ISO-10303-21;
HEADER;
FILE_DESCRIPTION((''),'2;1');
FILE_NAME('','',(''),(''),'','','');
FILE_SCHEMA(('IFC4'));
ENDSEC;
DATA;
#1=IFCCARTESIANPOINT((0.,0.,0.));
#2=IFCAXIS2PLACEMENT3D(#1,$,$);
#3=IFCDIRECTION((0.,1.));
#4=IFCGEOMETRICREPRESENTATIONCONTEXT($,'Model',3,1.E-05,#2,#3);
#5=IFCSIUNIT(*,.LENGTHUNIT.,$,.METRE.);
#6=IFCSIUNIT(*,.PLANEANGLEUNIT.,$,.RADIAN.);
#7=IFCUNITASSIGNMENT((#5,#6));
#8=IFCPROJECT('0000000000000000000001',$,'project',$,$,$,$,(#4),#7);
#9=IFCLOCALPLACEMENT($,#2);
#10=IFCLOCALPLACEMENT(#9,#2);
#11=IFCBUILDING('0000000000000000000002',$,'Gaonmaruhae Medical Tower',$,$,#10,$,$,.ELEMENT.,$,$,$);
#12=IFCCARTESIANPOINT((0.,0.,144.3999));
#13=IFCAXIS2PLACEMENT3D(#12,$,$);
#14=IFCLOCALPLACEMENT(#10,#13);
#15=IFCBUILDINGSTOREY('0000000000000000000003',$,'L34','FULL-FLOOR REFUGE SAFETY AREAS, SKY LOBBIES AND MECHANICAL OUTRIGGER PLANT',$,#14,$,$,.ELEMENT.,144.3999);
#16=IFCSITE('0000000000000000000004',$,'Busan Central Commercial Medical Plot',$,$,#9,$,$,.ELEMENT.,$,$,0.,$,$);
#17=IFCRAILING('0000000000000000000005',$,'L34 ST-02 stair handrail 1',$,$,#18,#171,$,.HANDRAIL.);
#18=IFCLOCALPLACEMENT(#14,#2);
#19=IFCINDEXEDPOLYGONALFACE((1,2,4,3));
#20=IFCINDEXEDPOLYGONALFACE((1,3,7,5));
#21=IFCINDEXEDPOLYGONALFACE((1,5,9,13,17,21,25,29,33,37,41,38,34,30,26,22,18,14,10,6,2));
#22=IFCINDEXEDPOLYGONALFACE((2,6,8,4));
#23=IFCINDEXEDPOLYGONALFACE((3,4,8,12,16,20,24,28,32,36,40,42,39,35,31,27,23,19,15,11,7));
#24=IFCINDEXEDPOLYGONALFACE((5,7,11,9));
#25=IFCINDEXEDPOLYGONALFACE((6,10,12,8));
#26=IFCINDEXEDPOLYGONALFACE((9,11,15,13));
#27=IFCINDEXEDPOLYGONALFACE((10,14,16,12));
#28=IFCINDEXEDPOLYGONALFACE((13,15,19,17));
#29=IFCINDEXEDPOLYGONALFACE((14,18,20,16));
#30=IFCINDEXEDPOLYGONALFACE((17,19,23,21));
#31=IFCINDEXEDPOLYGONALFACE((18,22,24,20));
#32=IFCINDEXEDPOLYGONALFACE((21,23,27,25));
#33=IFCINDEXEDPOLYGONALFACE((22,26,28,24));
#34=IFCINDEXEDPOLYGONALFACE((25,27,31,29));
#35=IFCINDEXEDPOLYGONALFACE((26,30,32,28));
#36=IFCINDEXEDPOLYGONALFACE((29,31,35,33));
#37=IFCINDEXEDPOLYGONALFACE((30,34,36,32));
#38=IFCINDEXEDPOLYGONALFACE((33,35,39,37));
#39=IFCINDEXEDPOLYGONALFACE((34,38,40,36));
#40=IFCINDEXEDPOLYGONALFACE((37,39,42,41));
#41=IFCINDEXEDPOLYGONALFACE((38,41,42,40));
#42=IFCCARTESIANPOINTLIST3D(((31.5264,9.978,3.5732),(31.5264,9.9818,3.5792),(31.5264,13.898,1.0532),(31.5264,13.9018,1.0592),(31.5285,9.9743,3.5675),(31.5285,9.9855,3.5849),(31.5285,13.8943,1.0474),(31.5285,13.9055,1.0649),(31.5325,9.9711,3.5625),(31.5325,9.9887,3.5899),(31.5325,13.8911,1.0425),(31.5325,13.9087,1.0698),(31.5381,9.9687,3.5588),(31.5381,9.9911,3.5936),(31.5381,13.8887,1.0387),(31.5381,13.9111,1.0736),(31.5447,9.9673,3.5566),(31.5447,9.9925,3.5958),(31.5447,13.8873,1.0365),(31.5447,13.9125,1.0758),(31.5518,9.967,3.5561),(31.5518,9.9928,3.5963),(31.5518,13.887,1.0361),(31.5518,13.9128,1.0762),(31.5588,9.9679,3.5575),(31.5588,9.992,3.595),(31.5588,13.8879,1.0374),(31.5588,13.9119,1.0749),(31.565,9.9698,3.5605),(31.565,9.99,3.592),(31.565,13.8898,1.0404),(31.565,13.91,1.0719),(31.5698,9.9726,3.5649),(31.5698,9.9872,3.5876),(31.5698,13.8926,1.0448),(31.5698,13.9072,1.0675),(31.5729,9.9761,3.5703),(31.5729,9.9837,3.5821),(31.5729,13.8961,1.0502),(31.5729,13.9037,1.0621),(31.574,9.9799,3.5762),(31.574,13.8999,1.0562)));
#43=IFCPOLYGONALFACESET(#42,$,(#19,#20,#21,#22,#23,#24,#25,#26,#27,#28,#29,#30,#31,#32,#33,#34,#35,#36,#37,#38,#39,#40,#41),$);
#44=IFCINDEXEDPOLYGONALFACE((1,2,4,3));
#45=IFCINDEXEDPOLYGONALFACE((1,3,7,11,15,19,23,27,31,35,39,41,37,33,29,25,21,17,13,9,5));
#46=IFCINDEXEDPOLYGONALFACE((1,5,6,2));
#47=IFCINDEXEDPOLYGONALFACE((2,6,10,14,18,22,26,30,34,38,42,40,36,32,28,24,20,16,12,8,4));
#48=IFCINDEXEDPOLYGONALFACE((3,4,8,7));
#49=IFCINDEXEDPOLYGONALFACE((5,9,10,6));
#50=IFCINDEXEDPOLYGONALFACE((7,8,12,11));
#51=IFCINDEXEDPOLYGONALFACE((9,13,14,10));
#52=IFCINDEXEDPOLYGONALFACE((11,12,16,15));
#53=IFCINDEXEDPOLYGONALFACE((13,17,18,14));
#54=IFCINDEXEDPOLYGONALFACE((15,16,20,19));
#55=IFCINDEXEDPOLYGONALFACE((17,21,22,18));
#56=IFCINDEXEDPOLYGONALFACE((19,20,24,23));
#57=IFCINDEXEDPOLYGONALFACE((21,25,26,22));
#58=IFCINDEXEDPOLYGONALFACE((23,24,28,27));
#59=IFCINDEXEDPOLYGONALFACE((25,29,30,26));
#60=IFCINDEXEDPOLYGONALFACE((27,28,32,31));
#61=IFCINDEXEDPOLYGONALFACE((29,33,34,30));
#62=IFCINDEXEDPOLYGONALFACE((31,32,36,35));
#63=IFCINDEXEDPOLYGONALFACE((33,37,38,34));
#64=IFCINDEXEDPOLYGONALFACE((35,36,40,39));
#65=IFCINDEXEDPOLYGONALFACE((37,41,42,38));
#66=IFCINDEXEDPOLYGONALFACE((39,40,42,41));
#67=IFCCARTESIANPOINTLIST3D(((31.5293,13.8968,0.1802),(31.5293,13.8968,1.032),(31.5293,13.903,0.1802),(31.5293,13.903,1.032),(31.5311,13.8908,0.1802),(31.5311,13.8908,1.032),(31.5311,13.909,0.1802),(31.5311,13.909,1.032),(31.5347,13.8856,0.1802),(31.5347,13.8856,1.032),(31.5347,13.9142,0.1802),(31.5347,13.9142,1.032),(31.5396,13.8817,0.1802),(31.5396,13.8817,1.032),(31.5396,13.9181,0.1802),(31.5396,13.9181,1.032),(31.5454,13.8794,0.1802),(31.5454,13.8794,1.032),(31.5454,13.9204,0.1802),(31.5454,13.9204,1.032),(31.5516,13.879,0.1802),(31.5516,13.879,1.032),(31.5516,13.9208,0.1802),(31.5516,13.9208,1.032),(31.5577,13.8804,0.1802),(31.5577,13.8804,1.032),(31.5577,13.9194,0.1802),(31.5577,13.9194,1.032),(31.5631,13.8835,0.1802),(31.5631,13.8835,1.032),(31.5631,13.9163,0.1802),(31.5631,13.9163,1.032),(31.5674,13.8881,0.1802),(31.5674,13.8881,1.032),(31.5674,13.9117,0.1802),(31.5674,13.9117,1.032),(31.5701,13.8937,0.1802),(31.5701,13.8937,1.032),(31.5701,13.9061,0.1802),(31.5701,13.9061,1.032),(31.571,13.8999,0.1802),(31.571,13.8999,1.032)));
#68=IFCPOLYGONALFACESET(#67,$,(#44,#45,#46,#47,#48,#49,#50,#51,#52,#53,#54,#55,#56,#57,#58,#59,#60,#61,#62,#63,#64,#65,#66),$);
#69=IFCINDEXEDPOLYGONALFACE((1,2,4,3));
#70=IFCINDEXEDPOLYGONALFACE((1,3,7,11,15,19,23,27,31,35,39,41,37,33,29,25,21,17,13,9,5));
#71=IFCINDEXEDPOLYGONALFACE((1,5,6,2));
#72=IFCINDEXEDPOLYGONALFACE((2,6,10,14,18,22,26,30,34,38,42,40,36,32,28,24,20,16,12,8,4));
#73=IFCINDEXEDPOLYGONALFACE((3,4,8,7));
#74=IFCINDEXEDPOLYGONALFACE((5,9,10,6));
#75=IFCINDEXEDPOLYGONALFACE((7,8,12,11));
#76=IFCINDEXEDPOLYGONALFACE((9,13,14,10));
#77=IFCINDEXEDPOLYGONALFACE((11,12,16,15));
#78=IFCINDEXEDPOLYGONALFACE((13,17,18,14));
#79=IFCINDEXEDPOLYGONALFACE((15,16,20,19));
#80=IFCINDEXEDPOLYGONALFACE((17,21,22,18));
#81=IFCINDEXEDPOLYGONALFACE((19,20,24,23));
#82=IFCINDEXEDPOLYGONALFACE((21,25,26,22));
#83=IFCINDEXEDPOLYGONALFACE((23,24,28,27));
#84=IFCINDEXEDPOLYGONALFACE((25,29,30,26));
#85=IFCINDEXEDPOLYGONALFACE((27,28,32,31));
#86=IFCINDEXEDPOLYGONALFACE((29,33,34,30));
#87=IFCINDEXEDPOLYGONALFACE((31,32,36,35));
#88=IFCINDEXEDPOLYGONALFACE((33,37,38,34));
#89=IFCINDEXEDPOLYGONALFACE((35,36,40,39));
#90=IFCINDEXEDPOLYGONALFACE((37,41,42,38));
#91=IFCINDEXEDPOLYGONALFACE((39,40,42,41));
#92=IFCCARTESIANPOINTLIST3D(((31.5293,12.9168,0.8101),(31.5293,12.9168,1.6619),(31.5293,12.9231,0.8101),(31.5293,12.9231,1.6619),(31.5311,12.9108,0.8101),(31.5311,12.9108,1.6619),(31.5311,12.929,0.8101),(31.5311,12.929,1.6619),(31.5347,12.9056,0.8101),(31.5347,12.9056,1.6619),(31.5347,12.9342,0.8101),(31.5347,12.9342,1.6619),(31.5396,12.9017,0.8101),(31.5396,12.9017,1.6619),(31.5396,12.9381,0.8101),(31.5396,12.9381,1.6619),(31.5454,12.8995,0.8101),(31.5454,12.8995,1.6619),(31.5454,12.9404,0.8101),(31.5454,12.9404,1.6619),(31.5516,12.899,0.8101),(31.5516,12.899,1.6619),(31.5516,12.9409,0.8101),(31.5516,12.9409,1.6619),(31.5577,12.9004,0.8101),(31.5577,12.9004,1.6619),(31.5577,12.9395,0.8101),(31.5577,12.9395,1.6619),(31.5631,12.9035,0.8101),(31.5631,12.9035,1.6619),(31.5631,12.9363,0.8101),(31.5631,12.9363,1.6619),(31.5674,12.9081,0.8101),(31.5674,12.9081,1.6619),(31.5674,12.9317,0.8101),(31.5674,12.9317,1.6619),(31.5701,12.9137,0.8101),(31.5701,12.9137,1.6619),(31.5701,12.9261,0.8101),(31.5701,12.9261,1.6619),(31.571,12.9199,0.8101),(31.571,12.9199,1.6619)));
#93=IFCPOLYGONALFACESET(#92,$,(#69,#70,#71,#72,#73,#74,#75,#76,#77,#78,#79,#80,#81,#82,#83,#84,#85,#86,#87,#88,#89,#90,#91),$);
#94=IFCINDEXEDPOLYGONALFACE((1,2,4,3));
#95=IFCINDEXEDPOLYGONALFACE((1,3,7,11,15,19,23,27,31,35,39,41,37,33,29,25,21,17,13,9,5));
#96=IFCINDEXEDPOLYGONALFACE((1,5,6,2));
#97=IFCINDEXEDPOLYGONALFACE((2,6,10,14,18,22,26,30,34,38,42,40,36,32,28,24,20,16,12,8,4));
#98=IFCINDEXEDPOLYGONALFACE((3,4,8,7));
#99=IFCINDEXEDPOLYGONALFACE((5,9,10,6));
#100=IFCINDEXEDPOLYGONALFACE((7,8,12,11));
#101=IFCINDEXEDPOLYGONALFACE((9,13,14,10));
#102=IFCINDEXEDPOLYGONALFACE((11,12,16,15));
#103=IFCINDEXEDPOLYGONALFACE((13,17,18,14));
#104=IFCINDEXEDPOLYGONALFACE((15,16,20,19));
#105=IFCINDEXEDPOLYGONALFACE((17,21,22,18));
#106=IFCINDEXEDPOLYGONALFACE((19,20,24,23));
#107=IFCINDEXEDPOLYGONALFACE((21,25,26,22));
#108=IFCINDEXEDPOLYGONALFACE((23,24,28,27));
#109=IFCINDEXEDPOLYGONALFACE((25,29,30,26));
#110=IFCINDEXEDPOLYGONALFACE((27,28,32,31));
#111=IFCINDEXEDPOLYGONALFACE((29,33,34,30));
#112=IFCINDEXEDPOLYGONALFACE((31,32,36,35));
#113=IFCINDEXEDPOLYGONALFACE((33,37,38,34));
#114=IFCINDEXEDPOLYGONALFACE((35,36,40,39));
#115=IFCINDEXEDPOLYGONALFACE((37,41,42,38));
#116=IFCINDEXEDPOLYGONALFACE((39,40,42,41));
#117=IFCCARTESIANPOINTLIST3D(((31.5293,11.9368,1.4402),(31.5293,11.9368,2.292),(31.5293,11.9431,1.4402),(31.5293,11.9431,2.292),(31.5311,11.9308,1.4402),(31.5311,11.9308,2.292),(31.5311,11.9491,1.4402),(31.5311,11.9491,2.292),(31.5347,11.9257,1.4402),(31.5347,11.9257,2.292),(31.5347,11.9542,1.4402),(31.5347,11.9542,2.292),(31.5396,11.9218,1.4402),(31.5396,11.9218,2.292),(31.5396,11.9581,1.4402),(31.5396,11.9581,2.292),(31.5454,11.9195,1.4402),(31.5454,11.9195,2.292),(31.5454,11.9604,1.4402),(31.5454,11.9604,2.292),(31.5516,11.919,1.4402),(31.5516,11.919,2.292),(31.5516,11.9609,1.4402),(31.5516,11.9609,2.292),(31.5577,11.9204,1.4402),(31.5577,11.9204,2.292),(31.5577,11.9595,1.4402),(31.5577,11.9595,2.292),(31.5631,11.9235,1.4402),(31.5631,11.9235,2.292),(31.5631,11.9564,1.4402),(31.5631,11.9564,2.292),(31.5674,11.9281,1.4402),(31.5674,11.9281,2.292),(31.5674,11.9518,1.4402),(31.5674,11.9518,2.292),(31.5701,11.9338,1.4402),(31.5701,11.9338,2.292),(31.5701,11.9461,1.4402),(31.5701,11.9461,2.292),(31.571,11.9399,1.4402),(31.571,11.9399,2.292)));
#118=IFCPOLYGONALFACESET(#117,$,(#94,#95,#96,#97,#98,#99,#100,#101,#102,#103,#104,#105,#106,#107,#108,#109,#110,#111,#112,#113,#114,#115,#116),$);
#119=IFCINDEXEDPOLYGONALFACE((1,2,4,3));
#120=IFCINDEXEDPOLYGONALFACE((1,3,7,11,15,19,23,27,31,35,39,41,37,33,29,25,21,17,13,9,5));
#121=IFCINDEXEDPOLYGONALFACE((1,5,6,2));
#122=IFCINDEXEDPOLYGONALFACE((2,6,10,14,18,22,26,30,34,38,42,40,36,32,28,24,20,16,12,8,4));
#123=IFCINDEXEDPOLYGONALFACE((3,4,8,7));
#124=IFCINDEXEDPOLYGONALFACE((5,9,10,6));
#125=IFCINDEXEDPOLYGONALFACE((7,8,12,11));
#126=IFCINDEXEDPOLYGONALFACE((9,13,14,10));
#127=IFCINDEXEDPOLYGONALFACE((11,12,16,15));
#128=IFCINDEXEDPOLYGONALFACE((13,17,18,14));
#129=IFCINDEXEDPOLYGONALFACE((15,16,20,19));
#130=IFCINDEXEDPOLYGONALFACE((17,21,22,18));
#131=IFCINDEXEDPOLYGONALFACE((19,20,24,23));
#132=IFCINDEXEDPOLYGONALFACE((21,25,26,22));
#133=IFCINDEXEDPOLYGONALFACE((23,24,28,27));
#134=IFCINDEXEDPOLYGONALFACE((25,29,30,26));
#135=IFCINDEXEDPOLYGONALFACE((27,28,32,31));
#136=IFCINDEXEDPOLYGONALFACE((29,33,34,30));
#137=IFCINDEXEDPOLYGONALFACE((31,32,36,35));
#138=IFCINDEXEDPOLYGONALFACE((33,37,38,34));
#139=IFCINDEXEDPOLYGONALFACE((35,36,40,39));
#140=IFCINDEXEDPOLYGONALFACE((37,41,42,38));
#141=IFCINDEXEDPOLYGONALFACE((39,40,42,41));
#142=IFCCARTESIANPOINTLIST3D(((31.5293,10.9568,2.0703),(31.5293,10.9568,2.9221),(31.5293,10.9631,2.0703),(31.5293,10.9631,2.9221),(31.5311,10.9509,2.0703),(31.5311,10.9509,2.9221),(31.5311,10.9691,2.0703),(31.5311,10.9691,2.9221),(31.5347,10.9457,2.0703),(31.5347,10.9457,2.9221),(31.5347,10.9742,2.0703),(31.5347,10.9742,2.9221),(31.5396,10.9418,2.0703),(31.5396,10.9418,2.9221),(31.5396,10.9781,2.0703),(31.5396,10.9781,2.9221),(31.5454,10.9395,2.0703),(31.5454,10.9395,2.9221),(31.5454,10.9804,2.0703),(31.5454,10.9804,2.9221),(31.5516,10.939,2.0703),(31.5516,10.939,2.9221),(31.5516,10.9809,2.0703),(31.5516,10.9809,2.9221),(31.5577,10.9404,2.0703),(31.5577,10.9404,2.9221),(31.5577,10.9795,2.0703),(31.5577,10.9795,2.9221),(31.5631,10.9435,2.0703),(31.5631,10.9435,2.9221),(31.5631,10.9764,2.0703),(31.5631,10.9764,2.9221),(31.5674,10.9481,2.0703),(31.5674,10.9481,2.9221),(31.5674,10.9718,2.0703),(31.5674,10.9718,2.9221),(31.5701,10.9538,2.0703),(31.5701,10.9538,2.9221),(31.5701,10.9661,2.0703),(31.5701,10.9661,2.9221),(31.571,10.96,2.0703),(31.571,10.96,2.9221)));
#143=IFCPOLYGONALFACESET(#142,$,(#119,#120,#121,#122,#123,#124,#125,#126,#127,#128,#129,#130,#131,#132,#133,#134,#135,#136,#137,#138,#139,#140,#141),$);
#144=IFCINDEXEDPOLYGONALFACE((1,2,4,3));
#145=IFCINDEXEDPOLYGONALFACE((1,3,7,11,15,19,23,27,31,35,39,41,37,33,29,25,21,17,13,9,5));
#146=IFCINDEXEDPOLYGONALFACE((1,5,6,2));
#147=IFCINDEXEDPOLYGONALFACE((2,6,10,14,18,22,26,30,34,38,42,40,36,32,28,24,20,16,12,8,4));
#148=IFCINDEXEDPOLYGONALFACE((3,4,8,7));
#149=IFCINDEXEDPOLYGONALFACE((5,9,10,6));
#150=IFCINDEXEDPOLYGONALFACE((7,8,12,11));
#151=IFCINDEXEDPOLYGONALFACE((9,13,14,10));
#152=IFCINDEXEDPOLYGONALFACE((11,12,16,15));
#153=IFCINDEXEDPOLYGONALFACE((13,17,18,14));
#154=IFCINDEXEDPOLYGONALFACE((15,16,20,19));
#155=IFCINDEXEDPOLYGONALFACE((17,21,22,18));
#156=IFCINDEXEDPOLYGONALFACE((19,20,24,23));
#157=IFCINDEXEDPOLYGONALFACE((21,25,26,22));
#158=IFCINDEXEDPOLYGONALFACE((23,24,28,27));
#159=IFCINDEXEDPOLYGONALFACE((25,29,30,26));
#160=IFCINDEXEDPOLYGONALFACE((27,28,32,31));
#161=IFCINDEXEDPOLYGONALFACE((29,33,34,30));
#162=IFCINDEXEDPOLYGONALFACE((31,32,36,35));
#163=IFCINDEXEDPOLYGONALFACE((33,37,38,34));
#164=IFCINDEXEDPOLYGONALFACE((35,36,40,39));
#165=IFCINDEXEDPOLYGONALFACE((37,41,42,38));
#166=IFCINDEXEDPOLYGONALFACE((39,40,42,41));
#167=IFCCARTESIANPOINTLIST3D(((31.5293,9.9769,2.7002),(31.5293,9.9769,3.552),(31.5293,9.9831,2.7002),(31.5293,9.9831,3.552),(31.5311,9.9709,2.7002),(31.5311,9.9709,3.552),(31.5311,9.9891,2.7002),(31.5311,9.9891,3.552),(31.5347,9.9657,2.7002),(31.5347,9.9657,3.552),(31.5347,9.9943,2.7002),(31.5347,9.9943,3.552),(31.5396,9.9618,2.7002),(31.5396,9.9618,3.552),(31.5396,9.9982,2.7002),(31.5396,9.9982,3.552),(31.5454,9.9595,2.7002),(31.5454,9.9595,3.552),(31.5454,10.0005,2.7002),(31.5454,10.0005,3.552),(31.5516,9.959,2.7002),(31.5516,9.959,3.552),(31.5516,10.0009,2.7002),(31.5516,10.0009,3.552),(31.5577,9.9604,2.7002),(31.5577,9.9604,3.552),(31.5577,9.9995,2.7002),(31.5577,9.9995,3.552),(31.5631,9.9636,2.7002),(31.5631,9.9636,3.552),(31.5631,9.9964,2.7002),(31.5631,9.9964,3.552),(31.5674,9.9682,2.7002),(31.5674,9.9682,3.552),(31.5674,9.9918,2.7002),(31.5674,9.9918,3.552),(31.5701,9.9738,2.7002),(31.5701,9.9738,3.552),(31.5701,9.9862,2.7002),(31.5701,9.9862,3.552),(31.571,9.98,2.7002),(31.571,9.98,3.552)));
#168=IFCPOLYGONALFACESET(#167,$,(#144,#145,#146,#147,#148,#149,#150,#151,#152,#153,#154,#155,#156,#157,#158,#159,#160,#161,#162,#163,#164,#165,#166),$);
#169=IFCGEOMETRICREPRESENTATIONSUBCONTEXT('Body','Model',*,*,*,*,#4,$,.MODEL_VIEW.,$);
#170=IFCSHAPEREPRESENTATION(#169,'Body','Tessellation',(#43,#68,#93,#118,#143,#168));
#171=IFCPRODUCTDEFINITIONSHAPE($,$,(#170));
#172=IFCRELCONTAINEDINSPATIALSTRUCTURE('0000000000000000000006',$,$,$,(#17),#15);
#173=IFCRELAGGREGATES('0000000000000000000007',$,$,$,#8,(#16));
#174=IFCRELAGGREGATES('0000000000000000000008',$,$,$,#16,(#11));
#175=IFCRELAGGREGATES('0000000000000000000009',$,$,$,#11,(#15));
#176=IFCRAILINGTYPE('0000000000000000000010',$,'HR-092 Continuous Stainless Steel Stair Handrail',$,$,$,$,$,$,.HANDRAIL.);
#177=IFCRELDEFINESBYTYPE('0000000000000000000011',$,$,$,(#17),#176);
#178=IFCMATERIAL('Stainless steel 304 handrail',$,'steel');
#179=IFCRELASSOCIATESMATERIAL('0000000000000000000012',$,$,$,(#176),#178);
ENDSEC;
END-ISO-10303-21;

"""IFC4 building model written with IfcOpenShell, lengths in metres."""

from ifc_helpers import new_model, si_unit, direction, frame, origin, origin_2d, place, context, subcontext, project, spatial, circle, extrude, material, type_object, element, save


model = new_model("IFC4")

# Units and contexts
model_context = context("Model", 3, precision=1e-05, world=origin(), true_north=direction((0.0, 1.0)))
body_context = subcontext(model_context, "Body", "Model", "MODEL_VIEW")
ifc_project = project(units=[si_unit("LENGTHUNIT", "METRE"), si_unit("PLANEANGLEUNIT", "RADIAN")], contexts=[model_context])

# Site, building, storey
site_placement = place(None, origin())
site = spatial("IfcSite", under=ifc_project, at=site_placement, Name="Busan Central Commercial Medical Plot", CompositionType="ELEMENT", RefElevation=0.0)
building_placement = place(site_placement, origin())
building = spatial("IfcBuilding", under=site, at=building_placement, Name="Gaonmaruhae Medical Tower", CompositionType="ELEMENT")
storey_placement = place(building_placement, frame((0.0, 0.0, 144.3999)))
storey = spatial("IfcBuildingStorey", under=building, at=storey_placement, Name="L34", Description="FULL-FLOOR REFUGE SAFETY AREAS, SKY LOBBIES AND MECHANICAL OUTRIGGER PLANT", CompositionType="ELEMENT", Elevation=144.3999)

# Railing
ifc_material_1 = material(Name="Stainless steel 304 handrail", Category="steel")
railing_type_1 = type_object("IfcRailingType", Name="HR-092 Continuous Stainless Steel Stair Handrail", PredefinedType="HANDRAIL", material=ifc_material_1)
railing_1_placement = place(storey_placement, frame((31.55, 13.8999, 0.1802)))
element("IfcRailing", 1, at=railing_1_placement, inside=storey, type_object=railing_type_1, Name="L34 ST-02 stair handrail 1", PredefinedType="HANDRAIL", context=body_context, shape_type="SweptSolid", body=[
    extrude(circle(Radius=0.0239, at=origin_2d()), frame((0.0, 0.0, 0.876), z_axis=(0.0, -0.841172, 0.540768), x_axis=(1.0, 0.0, 0.0)), (0.0, 0.0, 1.0), 4.6602),
    extrude(circle(Radius=0.021, at=origin_2d()), origin(), (0.0, 0.0, 1.0), 0.8518),
    extrude(circle(Radius=0.021, at=origin_2d()), frame((0.0, -0.98, 0.6299)), (0.0, 0.0, 1.0), 0.8518),
    extrude(circle(Radius=0.021, at=origin_2d()), frame((0.0, -1.96, 1.26)), (0.0, 0.0, 1.0), 0.8518),
    extrude(circle(Radius=0.021, at=origin_2d()), frame((0.0, -2.9399, 1.8901)), (0.0, 0.0, 1.0), 0.8518),
    extrude(circle(Radius=0.021, at=origin_2d()), frame((0.0, -3.9199, 2.52)), (0.0, 0.0, 1.0), 0.8518),
])

save(model, "model.ifc")
